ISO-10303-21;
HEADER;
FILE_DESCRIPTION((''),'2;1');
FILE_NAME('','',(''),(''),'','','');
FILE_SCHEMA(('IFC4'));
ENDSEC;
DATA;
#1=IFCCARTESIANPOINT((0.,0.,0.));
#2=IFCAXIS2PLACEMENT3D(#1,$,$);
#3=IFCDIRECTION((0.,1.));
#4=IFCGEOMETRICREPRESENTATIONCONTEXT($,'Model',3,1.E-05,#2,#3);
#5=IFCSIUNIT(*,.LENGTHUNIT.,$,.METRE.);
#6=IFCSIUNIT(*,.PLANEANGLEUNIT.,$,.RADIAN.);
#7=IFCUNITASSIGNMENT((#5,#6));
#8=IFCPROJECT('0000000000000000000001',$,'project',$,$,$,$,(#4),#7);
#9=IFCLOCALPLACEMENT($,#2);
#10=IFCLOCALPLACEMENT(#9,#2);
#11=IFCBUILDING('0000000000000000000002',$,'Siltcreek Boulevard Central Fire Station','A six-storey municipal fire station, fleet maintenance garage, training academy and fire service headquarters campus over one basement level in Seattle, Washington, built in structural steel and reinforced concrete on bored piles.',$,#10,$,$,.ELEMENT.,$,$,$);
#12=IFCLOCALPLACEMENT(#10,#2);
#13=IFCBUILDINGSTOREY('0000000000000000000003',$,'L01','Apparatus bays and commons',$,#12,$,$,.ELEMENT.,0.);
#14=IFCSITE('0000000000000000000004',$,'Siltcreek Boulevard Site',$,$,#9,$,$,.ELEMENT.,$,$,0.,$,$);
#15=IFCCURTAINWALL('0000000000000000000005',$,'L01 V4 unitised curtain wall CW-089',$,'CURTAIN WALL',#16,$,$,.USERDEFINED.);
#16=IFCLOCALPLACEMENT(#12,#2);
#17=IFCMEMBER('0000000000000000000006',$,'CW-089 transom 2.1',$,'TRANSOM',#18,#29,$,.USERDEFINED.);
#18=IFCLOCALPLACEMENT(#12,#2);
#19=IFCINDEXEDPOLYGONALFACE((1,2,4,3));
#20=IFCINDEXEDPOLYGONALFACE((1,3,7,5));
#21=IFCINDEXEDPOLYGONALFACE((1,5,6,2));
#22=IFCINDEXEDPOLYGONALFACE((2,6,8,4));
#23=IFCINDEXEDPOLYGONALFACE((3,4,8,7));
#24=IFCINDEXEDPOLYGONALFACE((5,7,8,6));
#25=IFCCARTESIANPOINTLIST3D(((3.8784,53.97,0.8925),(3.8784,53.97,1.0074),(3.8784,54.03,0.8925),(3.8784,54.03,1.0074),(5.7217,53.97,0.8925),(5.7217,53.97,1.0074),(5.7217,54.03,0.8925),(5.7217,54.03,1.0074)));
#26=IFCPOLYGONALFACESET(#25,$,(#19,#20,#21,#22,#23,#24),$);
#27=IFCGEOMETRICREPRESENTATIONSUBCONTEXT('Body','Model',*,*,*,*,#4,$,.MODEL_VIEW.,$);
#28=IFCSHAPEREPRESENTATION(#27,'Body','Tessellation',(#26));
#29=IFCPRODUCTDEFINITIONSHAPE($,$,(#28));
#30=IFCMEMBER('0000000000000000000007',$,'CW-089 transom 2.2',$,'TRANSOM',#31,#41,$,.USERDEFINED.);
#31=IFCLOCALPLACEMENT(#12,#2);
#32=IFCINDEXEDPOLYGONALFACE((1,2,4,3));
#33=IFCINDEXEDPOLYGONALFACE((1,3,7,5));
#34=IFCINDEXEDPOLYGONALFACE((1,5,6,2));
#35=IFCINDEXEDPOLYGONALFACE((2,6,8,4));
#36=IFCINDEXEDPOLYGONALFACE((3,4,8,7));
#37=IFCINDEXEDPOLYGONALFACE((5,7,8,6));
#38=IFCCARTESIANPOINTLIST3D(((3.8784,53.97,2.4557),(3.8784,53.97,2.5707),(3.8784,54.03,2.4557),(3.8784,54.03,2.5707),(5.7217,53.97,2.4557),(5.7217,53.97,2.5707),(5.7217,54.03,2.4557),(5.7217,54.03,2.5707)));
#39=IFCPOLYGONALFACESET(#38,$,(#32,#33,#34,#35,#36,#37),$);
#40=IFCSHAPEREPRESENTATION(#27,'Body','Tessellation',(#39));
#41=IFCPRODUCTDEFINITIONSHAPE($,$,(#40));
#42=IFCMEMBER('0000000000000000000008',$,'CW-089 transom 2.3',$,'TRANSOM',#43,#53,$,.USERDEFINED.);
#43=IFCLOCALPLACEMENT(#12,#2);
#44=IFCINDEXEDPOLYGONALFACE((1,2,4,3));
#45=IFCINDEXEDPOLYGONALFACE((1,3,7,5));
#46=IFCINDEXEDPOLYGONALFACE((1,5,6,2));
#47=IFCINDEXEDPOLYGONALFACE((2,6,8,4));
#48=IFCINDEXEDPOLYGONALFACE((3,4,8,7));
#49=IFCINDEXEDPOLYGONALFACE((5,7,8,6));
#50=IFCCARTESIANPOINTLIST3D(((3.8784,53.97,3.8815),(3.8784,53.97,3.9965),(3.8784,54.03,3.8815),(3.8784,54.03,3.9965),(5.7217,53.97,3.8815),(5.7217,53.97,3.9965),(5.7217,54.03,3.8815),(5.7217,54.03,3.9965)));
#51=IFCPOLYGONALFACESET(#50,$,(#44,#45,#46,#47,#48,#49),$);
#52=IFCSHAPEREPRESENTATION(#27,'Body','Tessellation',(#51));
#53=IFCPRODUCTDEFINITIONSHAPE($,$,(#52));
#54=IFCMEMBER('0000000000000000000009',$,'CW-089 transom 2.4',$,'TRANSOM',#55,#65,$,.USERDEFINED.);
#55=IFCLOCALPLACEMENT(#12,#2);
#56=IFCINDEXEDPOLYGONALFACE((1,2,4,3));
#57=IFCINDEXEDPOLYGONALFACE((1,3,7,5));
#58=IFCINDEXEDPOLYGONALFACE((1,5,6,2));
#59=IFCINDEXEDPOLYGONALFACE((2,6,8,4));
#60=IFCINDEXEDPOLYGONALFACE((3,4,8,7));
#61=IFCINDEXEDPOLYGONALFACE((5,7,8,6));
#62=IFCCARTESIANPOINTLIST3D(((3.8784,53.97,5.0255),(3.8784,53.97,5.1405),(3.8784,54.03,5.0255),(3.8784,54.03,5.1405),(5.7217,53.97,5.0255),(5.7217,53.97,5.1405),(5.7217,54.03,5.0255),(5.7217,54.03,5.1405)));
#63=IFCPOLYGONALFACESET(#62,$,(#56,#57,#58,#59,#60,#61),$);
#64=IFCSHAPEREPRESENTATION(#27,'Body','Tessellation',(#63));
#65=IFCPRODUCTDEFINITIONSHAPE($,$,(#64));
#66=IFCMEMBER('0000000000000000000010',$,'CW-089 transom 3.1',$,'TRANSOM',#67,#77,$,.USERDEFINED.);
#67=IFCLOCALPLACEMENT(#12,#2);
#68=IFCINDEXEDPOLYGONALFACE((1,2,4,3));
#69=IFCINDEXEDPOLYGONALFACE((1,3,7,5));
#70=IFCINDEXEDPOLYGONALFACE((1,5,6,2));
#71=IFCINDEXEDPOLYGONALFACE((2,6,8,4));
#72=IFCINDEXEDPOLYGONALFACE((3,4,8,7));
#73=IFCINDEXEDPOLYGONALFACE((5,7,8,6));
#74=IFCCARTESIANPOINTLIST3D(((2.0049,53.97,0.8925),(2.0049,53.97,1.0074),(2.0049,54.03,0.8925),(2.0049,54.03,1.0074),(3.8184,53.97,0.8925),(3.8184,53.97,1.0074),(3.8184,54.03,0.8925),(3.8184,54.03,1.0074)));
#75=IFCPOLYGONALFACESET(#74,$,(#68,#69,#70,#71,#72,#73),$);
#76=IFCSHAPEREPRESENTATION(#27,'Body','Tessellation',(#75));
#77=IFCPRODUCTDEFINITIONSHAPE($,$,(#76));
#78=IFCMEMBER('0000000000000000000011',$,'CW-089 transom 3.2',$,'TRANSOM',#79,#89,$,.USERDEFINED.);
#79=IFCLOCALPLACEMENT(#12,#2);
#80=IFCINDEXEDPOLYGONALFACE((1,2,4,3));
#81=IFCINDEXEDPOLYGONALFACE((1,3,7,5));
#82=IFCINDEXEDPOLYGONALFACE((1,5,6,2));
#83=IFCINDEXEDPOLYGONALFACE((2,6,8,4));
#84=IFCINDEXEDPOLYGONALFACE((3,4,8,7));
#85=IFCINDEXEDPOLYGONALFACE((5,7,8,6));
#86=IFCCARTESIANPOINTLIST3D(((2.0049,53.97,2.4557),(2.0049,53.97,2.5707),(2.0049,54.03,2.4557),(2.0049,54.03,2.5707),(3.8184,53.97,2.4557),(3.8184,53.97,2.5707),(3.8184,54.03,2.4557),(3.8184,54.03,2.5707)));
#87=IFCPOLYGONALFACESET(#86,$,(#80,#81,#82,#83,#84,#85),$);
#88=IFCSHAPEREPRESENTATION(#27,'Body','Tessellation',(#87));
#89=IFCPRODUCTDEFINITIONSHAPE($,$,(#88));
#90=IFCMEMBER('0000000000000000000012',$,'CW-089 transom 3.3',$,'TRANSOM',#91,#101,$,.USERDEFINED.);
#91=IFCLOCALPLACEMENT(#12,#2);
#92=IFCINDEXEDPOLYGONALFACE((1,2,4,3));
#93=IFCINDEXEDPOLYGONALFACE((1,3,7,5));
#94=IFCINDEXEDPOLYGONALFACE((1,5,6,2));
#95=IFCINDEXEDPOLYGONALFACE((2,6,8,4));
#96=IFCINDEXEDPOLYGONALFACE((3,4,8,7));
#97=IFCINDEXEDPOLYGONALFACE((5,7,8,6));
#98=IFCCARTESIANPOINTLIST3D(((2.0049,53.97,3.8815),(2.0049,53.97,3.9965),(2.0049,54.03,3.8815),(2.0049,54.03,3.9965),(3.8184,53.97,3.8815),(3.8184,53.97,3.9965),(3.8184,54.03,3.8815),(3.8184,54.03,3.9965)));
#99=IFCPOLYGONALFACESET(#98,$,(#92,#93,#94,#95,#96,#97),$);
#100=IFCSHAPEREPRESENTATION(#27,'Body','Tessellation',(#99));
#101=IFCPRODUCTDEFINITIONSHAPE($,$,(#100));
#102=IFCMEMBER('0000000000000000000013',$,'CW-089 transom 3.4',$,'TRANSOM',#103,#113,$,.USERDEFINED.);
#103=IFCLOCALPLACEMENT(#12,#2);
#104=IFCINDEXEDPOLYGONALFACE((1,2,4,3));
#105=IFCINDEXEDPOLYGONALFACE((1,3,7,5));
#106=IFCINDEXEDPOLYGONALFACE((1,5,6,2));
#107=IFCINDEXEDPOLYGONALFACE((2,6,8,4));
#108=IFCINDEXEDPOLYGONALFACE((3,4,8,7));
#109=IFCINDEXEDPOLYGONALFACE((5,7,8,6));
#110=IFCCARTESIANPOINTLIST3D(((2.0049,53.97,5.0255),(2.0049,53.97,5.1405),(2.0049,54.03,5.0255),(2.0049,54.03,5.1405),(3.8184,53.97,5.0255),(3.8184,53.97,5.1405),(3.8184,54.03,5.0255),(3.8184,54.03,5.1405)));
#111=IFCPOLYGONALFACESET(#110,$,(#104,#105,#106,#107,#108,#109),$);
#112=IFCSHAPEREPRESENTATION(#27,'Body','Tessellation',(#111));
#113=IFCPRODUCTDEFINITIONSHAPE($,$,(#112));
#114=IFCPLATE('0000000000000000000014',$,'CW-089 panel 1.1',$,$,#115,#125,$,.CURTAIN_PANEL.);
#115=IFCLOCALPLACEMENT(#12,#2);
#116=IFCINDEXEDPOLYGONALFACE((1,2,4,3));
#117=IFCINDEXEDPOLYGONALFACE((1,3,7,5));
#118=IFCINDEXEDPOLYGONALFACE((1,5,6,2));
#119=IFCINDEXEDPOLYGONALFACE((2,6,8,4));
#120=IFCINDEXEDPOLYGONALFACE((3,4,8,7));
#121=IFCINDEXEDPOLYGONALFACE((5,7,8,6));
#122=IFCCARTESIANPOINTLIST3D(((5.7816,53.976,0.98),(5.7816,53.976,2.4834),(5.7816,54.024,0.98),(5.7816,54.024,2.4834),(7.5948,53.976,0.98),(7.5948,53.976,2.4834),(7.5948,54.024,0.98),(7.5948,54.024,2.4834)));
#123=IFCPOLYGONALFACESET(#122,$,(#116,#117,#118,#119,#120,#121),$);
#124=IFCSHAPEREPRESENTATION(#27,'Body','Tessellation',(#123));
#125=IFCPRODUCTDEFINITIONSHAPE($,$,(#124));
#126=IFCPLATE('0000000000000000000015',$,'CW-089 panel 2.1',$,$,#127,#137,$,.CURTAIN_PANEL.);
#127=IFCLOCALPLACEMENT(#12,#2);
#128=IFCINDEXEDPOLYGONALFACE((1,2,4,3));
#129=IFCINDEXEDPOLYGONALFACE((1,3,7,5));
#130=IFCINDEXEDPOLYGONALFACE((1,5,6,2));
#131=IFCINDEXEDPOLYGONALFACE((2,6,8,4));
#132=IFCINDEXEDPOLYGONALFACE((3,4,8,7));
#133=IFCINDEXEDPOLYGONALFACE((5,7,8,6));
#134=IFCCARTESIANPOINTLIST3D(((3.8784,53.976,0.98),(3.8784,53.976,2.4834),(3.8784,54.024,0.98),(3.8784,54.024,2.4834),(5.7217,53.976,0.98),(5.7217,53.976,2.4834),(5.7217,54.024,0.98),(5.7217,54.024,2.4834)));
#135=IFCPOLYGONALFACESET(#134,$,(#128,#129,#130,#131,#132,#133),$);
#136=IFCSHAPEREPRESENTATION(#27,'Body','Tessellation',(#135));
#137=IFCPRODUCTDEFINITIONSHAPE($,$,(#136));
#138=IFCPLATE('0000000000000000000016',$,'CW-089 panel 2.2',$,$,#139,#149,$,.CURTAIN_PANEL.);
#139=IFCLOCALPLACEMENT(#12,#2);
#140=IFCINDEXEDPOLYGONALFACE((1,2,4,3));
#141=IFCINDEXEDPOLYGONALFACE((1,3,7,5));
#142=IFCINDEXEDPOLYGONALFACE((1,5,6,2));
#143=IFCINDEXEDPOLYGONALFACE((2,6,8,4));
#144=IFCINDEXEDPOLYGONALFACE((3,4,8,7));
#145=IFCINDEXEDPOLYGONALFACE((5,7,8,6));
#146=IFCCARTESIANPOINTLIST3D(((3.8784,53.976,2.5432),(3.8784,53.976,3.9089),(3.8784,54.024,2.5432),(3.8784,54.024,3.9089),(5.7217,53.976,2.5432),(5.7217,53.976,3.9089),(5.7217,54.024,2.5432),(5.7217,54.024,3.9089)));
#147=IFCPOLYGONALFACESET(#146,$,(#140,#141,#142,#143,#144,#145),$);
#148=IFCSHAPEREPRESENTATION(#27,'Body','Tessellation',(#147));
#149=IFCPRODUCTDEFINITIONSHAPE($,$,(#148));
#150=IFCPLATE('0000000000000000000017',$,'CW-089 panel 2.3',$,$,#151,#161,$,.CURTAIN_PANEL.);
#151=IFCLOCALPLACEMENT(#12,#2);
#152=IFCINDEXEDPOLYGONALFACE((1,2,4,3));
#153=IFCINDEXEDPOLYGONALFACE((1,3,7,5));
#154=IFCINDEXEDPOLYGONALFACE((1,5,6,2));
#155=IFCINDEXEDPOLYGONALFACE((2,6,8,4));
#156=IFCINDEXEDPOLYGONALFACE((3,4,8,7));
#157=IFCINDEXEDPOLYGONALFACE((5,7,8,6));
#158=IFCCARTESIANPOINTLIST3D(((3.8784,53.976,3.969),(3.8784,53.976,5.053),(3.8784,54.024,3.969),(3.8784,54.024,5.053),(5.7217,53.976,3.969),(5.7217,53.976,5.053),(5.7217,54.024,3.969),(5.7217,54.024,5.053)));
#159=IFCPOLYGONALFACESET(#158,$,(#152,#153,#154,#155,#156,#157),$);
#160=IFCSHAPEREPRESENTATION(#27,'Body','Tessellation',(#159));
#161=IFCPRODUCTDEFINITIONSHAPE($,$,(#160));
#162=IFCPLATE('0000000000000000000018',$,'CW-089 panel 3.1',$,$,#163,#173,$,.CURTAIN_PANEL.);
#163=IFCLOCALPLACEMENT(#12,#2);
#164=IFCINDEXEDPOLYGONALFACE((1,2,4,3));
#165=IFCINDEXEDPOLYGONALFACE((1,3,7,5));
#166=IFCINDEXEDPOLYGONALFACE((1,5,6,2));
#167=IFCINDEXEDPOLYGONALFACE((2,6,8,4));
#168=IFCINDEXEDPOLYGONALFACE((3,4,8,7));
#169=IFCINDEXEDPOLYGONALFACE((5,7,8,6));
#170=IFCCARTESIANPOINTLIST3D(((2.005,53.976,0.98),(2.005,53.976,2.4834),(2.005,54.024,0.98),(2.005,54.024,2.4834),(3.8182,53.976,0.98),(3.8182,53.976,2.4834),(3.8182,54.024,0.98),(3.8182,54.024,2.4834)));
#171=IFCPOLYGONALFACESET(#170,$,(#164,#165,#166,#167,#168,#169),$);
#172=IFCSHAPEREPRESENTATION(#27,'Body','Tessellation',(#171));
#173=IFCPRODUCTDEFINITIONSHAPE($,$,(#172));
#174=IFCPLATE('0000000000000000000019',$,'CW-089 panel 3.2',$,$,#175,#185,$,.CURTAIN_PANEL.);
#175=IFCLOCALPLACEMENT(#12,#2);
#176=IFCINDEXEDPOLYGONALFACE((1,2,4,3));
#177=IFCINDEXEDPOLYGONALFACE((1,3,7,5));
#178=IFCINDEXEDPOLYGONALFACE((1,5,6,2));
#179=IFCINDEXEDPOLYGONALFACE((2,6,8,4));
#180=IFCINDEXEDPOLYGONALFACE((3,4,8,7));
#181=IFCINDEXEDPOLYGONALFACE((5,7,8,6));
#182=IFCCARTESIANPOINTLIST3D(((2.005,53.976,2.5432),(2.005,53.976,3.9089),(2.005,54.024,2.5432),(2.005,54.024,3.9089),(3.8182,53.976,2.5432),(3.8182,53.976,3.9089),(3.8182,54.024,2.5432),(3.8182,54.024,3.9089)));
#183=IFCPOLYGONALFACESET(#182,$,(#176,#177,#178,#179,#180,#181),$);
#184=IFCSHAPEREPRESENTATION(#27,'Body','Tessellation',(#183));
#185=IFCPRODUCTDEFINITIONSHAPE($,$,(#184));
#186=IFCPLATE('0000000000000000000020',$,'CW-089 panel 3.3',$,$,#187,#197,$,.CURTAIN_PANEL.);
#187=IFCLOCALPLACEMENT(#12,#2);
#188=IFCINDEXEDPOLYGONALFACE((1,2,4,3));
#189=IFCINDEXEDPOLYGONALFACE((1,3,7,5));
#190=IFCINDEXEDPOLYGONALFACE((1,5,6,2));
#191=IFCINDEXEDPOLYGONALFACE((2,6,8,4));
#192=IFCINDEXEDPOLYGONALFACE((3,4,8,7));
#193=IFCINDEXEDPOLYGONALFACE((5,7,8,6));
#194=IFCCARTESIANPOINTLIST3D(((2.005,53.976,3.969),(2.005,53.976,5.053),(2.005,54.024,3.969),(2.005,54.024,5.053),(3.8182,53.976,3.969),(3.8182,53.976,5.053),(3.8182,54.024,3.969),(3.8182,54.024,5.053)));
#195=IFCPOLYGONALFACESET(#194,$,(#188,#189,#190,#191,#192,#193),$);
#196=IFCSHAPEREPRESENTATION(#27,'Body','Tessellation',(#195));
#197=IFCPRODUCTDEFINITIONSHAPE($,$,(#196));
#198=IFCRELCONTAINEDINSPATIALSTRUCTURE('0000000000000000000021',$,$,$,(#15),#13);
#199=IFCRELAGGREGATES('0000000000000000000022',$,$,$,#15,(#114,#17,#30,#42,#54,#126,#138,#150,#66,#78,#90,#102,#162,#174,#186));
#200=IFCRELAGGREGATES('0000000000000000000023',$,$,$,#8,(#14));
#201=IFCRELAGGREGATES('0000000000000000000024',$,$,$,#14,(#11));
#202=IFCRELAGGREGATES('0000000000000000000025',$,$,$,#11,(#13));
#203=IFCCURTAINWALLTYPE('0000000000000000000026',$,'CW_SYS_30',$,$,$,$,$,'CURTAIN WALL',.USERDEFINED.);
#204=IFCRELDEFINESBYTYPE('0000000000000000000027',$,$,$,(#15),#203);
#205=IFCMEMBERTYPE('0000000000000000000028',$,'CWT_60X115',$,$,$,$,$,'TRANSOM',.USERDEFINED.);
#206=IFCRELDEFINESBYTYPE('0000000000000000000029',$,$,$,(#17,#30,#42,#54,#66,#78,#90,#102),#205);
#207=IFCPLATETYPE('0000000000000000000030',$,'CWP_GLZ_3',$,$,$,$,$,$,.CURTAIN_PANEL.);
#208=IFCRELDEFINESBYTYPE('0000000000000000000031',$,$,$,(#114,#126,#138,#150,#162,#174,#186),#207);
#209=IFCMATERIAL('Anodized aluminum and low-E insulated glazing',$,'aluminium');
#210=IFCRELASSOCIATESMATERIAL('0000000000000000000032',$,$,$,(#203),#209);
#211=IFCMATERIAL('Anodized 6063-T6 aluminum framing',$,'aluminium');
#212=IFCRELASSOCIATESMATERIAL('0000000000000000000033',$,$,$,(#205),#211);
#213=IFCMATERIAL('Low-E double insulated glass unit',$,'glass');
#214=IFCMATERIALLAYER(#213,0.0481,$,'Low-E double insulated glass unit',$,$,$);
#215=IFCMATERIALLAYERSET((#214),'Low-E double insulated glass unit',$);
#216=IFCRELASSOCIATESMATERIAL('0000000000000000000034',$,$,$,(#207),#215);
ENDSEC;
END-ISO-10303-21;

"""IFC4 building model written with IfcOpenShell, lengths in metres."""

from ifc_helpers import new_model, si_unit, direction, frame, origin, origin_2d, place, context, subcontext, project, spatial, rectangle, extrude, material, layer, layer_set, material_profile, profile_set, type_object, element, aggregate, save


model = new_model("IFC4")

# Units and contexts
model_context = context("Model", 3, precision=1e-05, world=origin(), true_north=direction((0.0, 1.0)))
body_context = subcontext(model_context, "Body", "Model", "MODEL_VIEW")
ifc_project = project(units=[si_unit("LENGTHUNIT", "METRE"), si_unit("PLANEANGLEUNIT", "RADIAN")], contexts=[model_context])

# Site, building, storey
site_placement = place(None, origin())
site = spatial("IfcSite", under=ifc_project, at=site_placement, Name="Siltcreek Boulevard Site", CompositionType="ELEMENT", RefElevation=0.0)
building_placement = place(site_placement, origin())
building = spatial("IfcBuilding", under=site, at=building_placement, Name="Siltcreek Boulevard Central Fire Station", Description="A six-storey municipal fire station, fleet maintenance garage, training academy and fire service headquarters campus over one basement level in Seattle, Washington, built in structural steel and reinforced concrete on bored piles.", CompositionType="ELEMENT")
storey_placement = place(building_placement, origin())
storey = spatial("IfcBuildingStorey", under=building, at=storey_placement, Name="L01", Description="Apparatus bays and commons", CompositionType="ELEMENT", Elevation=0.0)

# Curtain wall, members, plates
ifc_material_1 = material(Name="Anodized aluminum and low-E insulated glazing", Category="aluminium")
curtain_wall_type = type_object("IfcCurtainWallType", Name="CW_SYS_30", ElementType="CURTAIN WALL", PredefinedType="USERDEFINED", material=ifc_material_1)
curtain_wall_placement = place(storey_placement, origin())
curtain_wall = element("IfcCurtainWall", 1, at=curtain_wall_placement, inside=storey, type_object=curtain_wall_type, Name="L01 V4 unitised curtain wall CW-089", ObjectType="CURTAIN WALL", PredefinedType="USERDEFINED")
ifc_material_2 = material(Name="Anodized 6063-T6 aluminum framing", Category="aluminium")
ifc_material_profile_1 = material_profile(ifc_material_2, rectangle(XDim=0.0601, YDim=0.115, at=origin_2d()), Name="TRAN60X115")
ifc_profile_set_1 = profile_set([ifc_material_profile_1], Name="Anodized 6063-T6 aluminum framing")
member_type_1 = type_object("IfcMemberType", Name="CWT_60X115", ElementType="TRANSOM", PredefinedType="USERDEFINED", material=ifc_profile_set_1)
member_1_placement = place(storey_placement, frame((5.7217, 54.0, 0.95), z_axis=(-1.0, 0.0, 0.0), x_axis=(0.0, -1.0, 0.0)))
member_1 = element("IfcMember", 2, at=member_1_placement, type_object=member_type_1, Name="CW-089 transom 2.1", ObjectType="TRANSOM", PredefinedType="USERDEFINED", context=body_context, shape_type="SweptSolid", body=[
    extrude(rectangle(XDim=0.0601, YDim=0.115, at=origin_2d()), origin(), (0.0, 0.0, 1.0), 1.8433),
])
member_2_placement = place(storey_placement, frame((5.7217, 54.0, 2.5132), z_axis=(-1.0, 0.0, 0.0), x_axis=(0.0, -1.0, 0.0)))
member_2 = element("IfcMember", 3, at=member_2_placement, type_object=member_type_1, Name="CW-089 transom 2.2", ObjectType="TRANSOM", PredefinedType="USERDEFINED", context=body_context, shape_type="SweptSolid", body=[
    extrude(rectangle(XDim=0.0601, YDim=0.115, at=origin_2d()), origin(), (0.0, 0.0, 1.0), 1.8433),
])
member_3_placement = place(storey_placement, frame((5.7217, 54.0, 3.939), z_axis=(-1.0, 0.0, 0.0), x_axis=(0.0, -1.0, 0.0)))
member_3 = element("IfcMember", 4, at=member_3_placement, type_object=member_type_1, Name="CW-089 transom 2.3", ObjectType="TRANSOM", PredefinedType="USERDEFINED", context=body_context, shape_type="SweptSolid", body=[
    extrude(rectangle(XDim=0.0601, YDim=0.115, at=origin_2d()), origin(), (0.0, 0.0, 1.0), 1.8433),
])
member_4_placement = place(storey_placement, frame((5.7217, 54.0, 5.083), z_axis=(-1.0, 0.0, 0.0), x_axis=(0.0, -1.0, 0.0)))
member_4 = element("IfcMember", 5, at=member_4_placement, type_object=member_type_1, Name="CW-089 transom 2.4", ObjectType="TRANSOM", PredefinedType="USERDEFINED", context=body_context, shape_type="SweptSolid", body=[
    extrude(rectangle(XDim=0.0601, YDim=0.115, at=origin_2d()), origin(), (0.0, 0.0, 1.0), 1.8433),
])
member_5_placement = place(storey_placement, frame((3.8184, 54.0, 0.95), z_axis=(-1.0, 0.0, 0.0), x_axis=(0.0, -1.0, 0.0)))
member_5 = element("IfcMember", 6, at=member_5_placement, type_object=member_type_1, Name="CW-089 transom 3.1", ObjectType="TRANSOM", PredefinedType="USERDEFINED", context=body_context, shape_type="SweptSolid", body=[
    extrude(rectangle(XDim=0.0601, YDim=0.115, at=origin_2d()), origin(), (0.0, 0.0, 1.0), 1.8135),
])
member_6_placement = place(storey_placement, frame((3.8184, 54.0, 2.5132), z_axis=(-1.0, 0.0, 0.0), x_axis=(0.0, -1.0, 0.0)))
member_6 = element("IfcMember", 7, at=member_6_placement, type_object=member_type_1, Name="CW-089 transom 3.2", ObjectType="TRANSOM", PredefinedType="USERDEFINED", context=body_context, shape_type="SweptSolid", body=[
    extrude(rectangle(XDim=0.0601, YDim=0.115, at=origin_2d()), origin(), (0.0, 0.0, 1.0), 1.8135),
])
member_7_placement = place(storey_placement, frame((3.8184, 54.0, 3.939), z_axis=(-1.0, 0.0, 0.0), x_axis=(0.0, -1.0, 0.0)))
member_7 = element("IfcMember", 8, at=member_7_placement, type_object=member_type_1, Name="CW-089 transom 3.3", ObjectType="TRANSOM", PredefinedType="USERDEFINED", context=body_context, shape_type="SweptSolid", body=[
    extrude(rectangle(XDim=0.0601, YDim=0.115, at=origin_2d()), origin(), (0.0, 0.0, 1.0), 1.8135),
])
member_8_placement = place(storey_placement, frame((3.8184, 54.0, 5.083), z_axis=(-1.0, 0.0, 0.0), x_axis=(0.0, -1.0, 0.0)))
member_8 = element("IfcMember", 9, at=member_8_placement, type_object=member_type_1, Name="CW-089 transom 3.4", ObjectType="TRANSOM", PredefinedType="USERDEFINED", context=body_context, shape_type="SweptSolid", body=[
    extrude(rectangle(XDim=0.0601, YDim=0.115, at=origin_2d()), origin(), (0.0, 0.0, 1.0), 1.8135),
])
ifc_material_3 = material(Name="Low-E double insulated glass unit", Category="glass")
ifc_layer_1 = layer(ifc_material_3, 0.0481, Name="Low-E double insulated glass unit")
ifc_layer_set_1 = layer_set([ifc_layer_1], Name="Low-E double insulated glass unit")
plate_type = type_object("IfcPlateType", Name="CWP_GLZ_3", PredefinedType="CURTAIN_PANEL", material=ifc_layer_set_1)
plate_1_placement = place(storey_placement, frame((6.6882, 54.0, 0.98), z_axis=(0.0, 0.0, 1.0), x_axis=(-1.0, 0.0, 0.0)))
plate_1 = element("IfcPlate", 10, at=plate_1_placement, type_object=plate_type, Name="CW-089 panel 1.1", PredefinedType="CURTAIN_PANEL", context=body_context, shape_type="SweptSolid", body=[
    extrude(rectangle(XDim=1.8132, YDim=0.0481, at=origin_2d()), origin(), (0.0, 0.0, 1.0), 1.5034),
])
plate_2_placement = place(storey_placement, frame((4.8, 54.0, 0.98), z_axis=(0.0, 0.0, 1.0), x_axis=(-1.0, 0.0, 0.0)))
plate_2 = element("IfcPlate", 11, at=plate_2_placement, type_object=plate_type, Name="CW-089 panel 2.1", PredefinedType="CURTAIN_PANEL", context=body_context, shape_type="SweptSolid", body=[
    extrude(rectangle(XDim=1.8433, YDim=0.0481, at=origin_2d()), origin(), (0.0, 0.0, 1.0), 1.5034),
])
plate_3_placement = place(storey_placement, frame((4.8, 54.0, 2.5432), z_axis=(0.0, 0.0, 1.0), x_axis=(-1.0, 0.0, 0.0)))
plate_3 = element("IfcPlate", 12, at=plate_3_placement, type_object=plate_type, Name="CW-089 panel 2.2", PredefinedType="CURTAIN_PANEL", context=body_context, shape_type="SweptSolid", body=[
    extrude(rectangle(XDim=1.8433, YDim=0.0481, at=origin_2d()), origin(), (0.0, 0.0, 1.0), 1.3657),
])
plate_4_placement = place(storey_placement, frame((4.8, 54.0, 3.969), z_axis=(0.0, 0.0, 1.0), x_axis=(-1.0, 0.0, 0.0)))
plate_4 = element("IfcPlate", 13, at=plate_4_placement, type_object=plate_type, Name="CW-089 panel 2.3", PredefinedType="CURTAIN_PANEL", context=body_context, shape_type="SweptSolid", body=[
    extrude(rectangle(XDim=1.8433, YDim=0.0481, at=origin_2d()), origin(), (0.0, 0.0, 1.0), 1.084),
])
plate_5_placement = place(storey_placement, frame((2.9116, 54.0, 0.98), z_axis=(0.0, 0.0, 1.0), x_axis=(-1.0, 0.0, 0.0)))
plate_5 = element("IfcPlate", 14, at=plate_5_placement, type_object=plate_type, Name="CW-089 panel 3.1", PredefinedType="CURTAIN_PANEL", context=body_context, shape_type="SweptSolid", body=[
    extrude(rectangle(XDim=1.8132, YDim=0.0481, at=origin_2d()), origin(), (0.0, 0.0, 1.0), 1.5034),
])
plate_6_placement = place(storey_placement, frame((2.9116, 54.0, 2.5432), z_axis=(0.0, 0.0, 1.0), x_axis=(-1.0, 0.0, 0.0)))
plate_6 = element("IfcPlate", 15, at=plate_6_placement, type_object=plate_type, Name="CW-089 panel 3.2", PredefinedType="CURTAIN_PANEL", context=body_context, shape_type="SweptSolid", body=[
    extrude(rectangle(XDim=1.8132, YDim=0.0481, at=origin_2d()), origin(), (0.0, 0.0, 1.0), 1.3657),
])
plate_7_placement = place(storey_placement, frame((2.9116, 54.0, 3.969), z_axis=(0.0, 0.0, 1.0), x_axis=(-1.0, 0.0, 0.0)))
plate_7 = element("IfcPlate", 16, at=plate_7_placement, type_object=plate_type, Name="CW-089 panel 3.3", PredefinedType="CURTAIN_PANEL", context=body_context, shape_type="SweptSolid", body=[
    extrude(rectangle(XDim=1.8132, YDim=0.0481, at=origin_2d()), origin(), (0.0, 0.0, 1.0), 1.084),
])
aggregate(curtain_wall, [plate_1, member_1, member_2, member_3, member_4, plate_2, plate_3, plate_4, member_5, member_6, member_7, member_8, plate_5, plate_6, plate_7])

save(model, "model.ifc")
